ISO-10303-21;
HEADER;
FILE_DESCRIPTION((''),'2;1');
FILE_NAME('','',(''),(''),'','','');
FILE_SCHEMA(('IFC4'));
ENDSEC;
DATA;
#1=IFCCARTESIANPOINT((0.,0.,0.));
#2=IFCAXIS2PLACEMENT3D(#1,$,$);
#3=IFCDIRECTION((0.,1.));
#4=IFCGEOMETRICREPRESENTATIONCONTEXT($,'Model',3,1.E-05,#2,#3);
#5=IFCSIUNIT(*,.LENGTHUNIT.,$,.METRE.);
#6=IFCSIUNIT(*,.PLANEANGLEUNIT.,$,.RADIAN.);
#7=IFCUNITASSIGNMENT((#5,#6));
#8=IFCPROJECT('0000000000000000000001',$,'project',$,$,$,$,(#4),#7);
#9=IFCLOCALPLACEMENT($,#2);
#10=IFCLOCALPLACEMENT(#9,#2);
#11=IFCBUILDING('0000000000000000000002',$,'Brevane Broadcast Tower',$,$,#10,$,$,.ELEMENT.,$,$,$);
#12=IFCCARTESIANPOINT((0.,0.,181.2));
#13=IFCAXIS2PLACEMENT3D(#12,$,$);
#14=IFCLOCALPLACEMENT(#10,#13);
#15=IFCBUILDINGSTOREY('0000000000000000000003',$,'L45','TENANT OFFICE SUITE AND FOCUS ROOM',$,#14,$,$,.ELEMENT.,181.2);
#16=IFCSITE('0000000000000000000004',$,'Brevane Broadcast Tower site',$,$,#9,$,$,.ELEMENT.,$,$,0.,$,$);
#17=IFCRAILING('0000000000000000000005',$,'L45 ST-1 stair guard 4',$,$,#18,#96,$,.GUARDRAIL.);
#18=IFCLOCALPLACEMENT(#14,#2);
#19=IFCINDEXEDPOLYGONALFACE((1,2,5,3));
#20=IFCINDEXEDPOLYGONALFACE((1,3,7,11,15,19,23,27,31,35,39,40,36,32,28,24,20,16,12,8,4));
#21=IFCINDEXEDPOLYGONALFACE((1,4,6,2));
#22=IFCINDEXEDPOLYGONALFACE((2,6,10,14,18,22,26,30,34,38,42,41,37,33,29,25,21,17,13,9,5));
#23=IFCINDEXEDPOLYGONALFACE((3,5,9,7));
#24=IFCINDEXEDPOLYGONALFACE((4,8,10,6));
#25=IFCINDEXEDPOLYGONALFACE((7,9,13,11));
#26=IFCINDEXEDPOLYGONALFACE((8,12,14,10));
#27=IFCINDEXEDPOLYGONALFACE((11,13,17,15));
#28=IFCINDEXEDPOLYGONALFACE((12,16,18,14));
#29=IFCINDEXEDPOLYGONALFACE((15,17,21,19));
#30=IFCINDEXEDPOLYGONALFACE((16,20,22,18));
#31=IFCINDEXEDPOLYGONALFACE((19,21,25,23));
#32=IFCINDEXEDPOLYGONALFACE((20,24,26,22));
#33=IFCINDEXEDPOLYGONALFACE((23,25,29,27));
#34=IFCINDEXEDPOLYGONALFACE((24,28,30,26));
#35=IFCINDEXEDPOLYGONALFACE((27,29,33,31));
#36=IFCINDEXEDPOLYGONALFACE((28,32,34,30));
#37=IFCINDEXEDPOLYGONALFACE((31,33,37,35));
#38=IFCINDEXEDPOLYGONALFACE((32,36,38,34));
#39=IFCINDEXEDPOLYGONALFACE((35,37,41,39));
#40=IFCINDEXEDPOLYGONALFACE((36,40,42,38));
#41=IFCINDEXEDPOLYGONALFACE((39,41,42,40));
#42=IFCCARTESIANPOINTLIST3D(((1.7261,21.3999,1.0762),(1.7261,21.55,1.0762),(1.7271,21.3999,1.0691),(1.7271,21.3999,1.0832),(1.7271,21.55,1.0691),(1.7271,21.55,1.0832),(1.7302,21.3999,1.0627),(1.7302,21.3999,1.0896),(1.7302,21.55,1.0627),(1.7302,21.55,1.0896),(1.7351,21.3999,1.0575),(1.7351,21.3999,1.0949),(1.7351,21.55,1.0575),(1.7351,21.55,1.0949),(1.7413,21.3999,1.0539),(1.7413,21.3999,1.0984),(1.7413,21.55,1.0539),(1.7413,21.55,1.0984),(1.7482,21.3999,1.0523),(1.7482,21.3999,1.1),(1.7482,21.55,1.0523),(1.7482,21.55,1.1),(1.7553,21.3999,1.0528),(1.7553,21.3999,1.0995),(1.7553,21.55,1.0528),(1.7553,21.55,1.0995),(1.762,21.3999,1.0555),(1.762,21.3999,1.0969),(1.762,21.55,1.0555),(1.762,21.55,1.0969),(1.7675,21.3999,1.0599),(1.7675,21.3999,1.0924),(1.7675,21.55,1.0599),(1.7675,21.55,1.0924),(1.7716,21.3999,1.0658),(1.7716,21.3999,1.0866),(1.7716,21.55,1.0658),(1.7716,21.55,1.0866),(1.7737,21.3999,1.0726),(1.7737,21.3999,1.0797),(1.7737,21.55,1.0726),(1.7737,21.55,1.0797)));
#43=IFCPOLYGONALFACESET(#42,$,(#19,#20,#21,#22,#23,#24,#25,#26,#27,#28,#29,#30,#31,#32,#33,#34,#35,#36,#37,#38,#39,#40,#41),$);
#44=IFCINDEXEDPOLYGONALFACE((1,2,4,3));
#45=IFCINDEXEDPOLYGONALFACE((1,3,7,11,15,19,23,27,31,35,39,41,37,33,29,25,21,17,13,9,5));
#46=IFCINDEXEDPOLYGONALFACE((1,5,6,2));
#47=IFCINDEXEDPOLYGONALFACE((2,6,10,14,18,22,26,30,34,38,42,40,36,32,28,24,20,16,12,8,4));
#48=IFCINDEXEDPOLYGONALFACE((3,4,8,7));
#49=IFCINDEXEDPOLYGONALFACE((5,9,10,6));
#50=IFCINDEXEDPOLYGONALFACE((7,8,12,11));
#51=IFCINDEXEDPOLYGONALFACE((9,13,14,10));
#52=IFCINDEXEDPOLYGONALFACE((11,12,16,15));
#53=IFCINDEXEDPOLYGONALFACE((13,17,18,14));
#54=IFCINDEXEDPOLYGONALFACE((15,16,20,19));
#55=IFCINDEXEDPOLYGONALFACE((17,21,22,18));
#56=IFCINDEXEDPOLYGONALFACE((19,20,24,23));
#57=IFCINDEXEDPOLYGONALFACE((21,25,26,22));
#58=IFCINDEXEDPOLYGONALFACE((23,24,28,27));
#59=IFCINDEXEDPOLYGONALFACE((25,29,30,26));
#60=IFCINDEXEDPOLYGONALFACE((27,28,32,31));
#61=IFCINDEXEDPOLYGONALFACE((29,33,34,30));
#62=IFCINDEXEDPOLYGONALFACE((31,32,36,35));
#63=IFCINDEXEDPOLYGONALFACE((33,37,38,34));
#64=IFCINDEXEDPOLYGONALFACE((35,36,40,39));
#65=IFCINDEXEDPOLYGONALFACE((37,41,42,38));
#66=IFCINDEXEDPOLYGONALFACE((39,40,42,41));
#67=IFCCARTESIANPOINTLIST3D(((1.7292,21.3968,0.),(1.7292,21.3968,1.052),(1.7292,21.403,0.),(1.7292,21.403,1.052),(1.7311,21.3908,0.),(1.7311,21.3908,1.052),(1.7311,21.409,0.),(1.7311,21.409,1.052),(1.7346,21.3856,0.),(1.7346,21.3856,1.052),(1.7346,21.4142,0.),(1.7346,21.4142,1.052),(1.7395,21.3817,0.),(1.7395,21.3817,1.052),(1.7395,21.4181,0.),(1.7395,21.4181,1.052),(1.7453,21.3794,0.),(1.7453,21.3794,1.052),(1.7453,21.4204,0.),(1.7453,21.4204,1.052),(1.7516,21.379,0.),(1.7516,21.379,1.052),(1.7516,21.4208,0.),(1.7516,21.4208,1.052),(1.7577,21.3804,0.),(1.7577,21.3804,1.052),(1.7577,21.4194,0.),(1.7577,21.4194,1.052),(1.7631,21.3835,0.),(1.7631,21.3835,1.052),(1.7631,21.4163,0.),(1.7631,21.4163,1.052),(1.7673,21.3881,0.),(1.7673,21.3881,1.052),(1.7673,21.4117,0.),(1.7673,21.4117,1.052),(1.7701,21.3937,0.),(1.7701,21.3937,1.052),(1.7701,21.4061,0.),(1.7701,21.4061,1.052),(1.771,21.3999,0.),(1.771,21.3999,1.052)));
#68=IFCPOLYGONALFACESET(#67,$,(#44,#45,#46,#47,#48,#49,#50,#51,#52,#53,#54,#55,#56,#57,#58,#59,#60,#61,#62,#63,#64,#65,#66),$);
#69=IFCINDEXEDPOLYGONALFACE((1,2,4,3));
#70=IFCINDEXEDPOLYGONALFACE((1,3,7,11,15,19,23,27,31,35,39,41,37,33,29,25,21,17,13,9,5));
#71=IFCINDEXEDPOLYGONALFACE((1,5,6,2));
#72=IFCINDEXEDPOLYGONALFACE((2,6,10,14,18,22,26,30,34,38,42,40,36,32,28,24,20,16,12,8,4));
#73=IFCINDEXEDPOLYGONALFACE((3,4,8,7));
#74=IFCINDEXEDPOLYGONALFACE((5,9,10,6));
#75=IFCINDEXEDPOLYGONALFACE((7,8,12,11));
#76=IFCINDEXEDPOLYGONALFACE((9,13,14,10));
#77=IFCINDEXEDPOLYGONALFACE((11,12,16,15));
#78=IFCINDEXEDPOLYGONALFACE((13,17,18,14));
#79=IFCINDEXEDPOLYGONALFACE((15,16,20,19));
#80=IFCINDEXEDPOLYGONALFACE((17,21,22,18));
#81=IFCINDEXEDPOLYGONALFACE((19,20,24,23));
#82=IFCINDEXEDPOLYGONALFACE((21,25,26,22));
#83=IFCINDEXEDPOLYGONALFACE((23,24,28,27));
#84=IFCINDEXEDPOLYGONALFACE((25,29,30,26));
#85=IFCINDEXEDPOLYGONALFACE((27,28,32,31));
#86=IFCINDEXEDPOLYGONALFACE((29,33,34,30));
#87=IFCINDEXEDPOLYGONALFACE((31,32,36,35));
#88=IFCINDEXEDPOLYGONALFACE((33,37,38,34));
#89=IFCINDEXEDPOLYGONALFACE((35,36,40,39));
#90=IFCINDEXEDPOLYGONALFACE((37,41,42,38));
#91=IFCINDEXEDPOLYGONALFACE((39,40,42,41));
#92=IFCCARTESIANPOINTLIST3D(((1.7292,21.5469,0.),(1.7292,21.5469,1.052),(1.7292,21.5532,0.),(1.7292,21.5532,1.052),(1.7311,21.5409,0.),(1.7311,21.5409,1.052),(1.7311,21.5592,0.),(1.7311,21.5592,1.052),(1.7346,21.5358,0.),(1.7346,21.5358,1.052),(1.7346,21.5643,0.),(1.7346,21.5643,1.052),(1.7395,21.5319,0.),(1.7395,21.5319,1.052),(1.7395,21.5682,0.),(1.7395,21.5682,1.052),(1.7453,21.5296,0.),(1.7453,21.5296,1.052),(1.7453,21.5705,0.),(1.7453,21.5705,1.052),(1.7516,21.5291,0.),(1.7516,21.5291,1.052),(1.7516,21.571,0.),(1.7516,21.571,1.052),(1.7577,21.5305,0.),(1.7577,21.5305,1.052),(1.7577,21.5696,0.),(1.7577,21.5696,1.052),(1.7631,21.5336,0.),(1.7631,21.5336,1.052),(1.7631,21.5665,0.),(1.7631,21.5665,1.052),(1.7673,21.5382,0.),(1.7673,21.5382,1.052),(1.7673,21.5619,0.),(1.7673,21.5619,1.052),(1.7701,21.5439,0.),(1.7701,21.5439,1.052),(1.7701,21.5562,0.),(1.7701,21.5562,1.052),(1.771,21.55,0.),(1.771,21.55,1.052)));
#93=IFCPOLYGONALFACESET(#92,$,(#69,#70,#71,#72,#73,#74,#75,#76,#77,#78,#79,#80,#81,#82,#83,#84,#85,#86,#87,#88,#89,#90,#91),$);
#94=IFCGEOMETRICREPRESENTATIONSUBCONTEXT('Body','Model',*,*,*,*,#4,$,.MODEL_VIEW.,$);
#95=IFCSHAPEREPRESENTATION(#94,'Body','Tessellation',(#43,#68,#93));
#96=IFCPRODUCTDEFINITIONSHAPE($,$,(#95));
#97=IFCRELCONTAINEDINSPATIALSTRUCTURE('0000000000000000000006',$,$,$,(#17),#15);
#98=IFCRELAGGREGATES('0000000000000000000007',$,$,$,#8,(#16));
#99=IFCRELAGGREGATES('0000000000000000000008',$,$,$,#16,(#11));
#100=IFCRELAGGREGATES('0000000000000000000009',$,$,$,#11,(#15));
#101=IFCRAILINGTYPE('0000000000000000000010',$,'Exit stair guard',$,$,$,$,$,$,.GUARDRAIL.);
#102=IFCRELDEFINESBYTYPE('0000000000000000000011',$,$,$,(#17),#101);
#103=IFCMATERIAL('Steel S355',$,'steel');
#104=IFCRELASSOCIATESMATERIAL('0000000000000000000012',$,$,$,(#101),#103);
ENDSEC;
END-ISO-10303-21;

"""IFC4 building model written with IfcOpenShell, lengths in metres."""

from ifc_helpers import new_model, si_unit, direction, frame, origin, origin_2d, place, context, subcontext, project, spatial, circle, extrude, material, type_object, element, save


model = new_model("IFC4")

# Units and contexts
model_context = context("Model", 3, precision=1e-05, world=origin(), true_north=direction((0.0, 1.0)))
body_context = subcontext(model_context, "Body", "Model", "MODEL_VIEW")
ifc_project = project(units=[si_unit("LENGTHUNIT", "METRE"), si_unit("PLANEANGLEUNIT", "RADIAN")], contexts=[model_context])

# Site, building, storey
site_placement = place(None, origin())
site = spatial("IfcSite", under=ifc_project, at=site_placement, Name="Brevane Broadcast Tower site", CompositionType="ELEMENT", RefElevation=0.0)
building_placement = place(site_placement, origin())
building = spatial("IfcBuilding", under=site, at=building_placement, Name="Brevane Broadcast Tower", CompositionType="ELEMENT")
storey_placement = place(building_placement, frame((0.0, 0.0, 181.2)))
storey = spatial("IfcBuildingStorey", under=building, at=storey_placement, Name="L45", Description="TENANT OFFICE SUITE AND FOCUS ROOM", CompositionType="ELEMENT", Elevation=181.2)

# Railing
ifc_material_1 = material(Name="Steel S355", Category="steel")
railing_type_1 = type_object("IfcRailingType", Name="Exit stair guard", PredefinedType="GUARDRAIL", material=ifc_material_1)
railing_1_placement = place(storey_placement, frame((1.75, 21.3999, 0.0)))
element("IfcRailing", 1, at=railing_1_placement, inside=storey, type_object=railing_type_1, Name="L45 ST-1 stair guard 4", PredefinedType="GUARDRAIL", context=body_context, shape_type="SweptSolid", body=[
    extrude(circle(Radius=0.0239, at=origin_2d()), frame((0.0, 0.0, 1.0762), z_axis=(0.0, 1.0, 0.0), x_axis=(-1.0, 0.0, 0.0)), (0.0, 0.0, 1.0), 0.1501),
    extrude(circle(Radius=0.021, at=origin_2d()), origin(), (0.0, 0.0, 1.0), 1.052),
    extrude(circle(Radius=0.021, at=origin_2d()), frame((0.0, 0.1501, 0.0)), (0.0, 0.0, 1.0), 1.052),
])

save(model, "model.ifc")
